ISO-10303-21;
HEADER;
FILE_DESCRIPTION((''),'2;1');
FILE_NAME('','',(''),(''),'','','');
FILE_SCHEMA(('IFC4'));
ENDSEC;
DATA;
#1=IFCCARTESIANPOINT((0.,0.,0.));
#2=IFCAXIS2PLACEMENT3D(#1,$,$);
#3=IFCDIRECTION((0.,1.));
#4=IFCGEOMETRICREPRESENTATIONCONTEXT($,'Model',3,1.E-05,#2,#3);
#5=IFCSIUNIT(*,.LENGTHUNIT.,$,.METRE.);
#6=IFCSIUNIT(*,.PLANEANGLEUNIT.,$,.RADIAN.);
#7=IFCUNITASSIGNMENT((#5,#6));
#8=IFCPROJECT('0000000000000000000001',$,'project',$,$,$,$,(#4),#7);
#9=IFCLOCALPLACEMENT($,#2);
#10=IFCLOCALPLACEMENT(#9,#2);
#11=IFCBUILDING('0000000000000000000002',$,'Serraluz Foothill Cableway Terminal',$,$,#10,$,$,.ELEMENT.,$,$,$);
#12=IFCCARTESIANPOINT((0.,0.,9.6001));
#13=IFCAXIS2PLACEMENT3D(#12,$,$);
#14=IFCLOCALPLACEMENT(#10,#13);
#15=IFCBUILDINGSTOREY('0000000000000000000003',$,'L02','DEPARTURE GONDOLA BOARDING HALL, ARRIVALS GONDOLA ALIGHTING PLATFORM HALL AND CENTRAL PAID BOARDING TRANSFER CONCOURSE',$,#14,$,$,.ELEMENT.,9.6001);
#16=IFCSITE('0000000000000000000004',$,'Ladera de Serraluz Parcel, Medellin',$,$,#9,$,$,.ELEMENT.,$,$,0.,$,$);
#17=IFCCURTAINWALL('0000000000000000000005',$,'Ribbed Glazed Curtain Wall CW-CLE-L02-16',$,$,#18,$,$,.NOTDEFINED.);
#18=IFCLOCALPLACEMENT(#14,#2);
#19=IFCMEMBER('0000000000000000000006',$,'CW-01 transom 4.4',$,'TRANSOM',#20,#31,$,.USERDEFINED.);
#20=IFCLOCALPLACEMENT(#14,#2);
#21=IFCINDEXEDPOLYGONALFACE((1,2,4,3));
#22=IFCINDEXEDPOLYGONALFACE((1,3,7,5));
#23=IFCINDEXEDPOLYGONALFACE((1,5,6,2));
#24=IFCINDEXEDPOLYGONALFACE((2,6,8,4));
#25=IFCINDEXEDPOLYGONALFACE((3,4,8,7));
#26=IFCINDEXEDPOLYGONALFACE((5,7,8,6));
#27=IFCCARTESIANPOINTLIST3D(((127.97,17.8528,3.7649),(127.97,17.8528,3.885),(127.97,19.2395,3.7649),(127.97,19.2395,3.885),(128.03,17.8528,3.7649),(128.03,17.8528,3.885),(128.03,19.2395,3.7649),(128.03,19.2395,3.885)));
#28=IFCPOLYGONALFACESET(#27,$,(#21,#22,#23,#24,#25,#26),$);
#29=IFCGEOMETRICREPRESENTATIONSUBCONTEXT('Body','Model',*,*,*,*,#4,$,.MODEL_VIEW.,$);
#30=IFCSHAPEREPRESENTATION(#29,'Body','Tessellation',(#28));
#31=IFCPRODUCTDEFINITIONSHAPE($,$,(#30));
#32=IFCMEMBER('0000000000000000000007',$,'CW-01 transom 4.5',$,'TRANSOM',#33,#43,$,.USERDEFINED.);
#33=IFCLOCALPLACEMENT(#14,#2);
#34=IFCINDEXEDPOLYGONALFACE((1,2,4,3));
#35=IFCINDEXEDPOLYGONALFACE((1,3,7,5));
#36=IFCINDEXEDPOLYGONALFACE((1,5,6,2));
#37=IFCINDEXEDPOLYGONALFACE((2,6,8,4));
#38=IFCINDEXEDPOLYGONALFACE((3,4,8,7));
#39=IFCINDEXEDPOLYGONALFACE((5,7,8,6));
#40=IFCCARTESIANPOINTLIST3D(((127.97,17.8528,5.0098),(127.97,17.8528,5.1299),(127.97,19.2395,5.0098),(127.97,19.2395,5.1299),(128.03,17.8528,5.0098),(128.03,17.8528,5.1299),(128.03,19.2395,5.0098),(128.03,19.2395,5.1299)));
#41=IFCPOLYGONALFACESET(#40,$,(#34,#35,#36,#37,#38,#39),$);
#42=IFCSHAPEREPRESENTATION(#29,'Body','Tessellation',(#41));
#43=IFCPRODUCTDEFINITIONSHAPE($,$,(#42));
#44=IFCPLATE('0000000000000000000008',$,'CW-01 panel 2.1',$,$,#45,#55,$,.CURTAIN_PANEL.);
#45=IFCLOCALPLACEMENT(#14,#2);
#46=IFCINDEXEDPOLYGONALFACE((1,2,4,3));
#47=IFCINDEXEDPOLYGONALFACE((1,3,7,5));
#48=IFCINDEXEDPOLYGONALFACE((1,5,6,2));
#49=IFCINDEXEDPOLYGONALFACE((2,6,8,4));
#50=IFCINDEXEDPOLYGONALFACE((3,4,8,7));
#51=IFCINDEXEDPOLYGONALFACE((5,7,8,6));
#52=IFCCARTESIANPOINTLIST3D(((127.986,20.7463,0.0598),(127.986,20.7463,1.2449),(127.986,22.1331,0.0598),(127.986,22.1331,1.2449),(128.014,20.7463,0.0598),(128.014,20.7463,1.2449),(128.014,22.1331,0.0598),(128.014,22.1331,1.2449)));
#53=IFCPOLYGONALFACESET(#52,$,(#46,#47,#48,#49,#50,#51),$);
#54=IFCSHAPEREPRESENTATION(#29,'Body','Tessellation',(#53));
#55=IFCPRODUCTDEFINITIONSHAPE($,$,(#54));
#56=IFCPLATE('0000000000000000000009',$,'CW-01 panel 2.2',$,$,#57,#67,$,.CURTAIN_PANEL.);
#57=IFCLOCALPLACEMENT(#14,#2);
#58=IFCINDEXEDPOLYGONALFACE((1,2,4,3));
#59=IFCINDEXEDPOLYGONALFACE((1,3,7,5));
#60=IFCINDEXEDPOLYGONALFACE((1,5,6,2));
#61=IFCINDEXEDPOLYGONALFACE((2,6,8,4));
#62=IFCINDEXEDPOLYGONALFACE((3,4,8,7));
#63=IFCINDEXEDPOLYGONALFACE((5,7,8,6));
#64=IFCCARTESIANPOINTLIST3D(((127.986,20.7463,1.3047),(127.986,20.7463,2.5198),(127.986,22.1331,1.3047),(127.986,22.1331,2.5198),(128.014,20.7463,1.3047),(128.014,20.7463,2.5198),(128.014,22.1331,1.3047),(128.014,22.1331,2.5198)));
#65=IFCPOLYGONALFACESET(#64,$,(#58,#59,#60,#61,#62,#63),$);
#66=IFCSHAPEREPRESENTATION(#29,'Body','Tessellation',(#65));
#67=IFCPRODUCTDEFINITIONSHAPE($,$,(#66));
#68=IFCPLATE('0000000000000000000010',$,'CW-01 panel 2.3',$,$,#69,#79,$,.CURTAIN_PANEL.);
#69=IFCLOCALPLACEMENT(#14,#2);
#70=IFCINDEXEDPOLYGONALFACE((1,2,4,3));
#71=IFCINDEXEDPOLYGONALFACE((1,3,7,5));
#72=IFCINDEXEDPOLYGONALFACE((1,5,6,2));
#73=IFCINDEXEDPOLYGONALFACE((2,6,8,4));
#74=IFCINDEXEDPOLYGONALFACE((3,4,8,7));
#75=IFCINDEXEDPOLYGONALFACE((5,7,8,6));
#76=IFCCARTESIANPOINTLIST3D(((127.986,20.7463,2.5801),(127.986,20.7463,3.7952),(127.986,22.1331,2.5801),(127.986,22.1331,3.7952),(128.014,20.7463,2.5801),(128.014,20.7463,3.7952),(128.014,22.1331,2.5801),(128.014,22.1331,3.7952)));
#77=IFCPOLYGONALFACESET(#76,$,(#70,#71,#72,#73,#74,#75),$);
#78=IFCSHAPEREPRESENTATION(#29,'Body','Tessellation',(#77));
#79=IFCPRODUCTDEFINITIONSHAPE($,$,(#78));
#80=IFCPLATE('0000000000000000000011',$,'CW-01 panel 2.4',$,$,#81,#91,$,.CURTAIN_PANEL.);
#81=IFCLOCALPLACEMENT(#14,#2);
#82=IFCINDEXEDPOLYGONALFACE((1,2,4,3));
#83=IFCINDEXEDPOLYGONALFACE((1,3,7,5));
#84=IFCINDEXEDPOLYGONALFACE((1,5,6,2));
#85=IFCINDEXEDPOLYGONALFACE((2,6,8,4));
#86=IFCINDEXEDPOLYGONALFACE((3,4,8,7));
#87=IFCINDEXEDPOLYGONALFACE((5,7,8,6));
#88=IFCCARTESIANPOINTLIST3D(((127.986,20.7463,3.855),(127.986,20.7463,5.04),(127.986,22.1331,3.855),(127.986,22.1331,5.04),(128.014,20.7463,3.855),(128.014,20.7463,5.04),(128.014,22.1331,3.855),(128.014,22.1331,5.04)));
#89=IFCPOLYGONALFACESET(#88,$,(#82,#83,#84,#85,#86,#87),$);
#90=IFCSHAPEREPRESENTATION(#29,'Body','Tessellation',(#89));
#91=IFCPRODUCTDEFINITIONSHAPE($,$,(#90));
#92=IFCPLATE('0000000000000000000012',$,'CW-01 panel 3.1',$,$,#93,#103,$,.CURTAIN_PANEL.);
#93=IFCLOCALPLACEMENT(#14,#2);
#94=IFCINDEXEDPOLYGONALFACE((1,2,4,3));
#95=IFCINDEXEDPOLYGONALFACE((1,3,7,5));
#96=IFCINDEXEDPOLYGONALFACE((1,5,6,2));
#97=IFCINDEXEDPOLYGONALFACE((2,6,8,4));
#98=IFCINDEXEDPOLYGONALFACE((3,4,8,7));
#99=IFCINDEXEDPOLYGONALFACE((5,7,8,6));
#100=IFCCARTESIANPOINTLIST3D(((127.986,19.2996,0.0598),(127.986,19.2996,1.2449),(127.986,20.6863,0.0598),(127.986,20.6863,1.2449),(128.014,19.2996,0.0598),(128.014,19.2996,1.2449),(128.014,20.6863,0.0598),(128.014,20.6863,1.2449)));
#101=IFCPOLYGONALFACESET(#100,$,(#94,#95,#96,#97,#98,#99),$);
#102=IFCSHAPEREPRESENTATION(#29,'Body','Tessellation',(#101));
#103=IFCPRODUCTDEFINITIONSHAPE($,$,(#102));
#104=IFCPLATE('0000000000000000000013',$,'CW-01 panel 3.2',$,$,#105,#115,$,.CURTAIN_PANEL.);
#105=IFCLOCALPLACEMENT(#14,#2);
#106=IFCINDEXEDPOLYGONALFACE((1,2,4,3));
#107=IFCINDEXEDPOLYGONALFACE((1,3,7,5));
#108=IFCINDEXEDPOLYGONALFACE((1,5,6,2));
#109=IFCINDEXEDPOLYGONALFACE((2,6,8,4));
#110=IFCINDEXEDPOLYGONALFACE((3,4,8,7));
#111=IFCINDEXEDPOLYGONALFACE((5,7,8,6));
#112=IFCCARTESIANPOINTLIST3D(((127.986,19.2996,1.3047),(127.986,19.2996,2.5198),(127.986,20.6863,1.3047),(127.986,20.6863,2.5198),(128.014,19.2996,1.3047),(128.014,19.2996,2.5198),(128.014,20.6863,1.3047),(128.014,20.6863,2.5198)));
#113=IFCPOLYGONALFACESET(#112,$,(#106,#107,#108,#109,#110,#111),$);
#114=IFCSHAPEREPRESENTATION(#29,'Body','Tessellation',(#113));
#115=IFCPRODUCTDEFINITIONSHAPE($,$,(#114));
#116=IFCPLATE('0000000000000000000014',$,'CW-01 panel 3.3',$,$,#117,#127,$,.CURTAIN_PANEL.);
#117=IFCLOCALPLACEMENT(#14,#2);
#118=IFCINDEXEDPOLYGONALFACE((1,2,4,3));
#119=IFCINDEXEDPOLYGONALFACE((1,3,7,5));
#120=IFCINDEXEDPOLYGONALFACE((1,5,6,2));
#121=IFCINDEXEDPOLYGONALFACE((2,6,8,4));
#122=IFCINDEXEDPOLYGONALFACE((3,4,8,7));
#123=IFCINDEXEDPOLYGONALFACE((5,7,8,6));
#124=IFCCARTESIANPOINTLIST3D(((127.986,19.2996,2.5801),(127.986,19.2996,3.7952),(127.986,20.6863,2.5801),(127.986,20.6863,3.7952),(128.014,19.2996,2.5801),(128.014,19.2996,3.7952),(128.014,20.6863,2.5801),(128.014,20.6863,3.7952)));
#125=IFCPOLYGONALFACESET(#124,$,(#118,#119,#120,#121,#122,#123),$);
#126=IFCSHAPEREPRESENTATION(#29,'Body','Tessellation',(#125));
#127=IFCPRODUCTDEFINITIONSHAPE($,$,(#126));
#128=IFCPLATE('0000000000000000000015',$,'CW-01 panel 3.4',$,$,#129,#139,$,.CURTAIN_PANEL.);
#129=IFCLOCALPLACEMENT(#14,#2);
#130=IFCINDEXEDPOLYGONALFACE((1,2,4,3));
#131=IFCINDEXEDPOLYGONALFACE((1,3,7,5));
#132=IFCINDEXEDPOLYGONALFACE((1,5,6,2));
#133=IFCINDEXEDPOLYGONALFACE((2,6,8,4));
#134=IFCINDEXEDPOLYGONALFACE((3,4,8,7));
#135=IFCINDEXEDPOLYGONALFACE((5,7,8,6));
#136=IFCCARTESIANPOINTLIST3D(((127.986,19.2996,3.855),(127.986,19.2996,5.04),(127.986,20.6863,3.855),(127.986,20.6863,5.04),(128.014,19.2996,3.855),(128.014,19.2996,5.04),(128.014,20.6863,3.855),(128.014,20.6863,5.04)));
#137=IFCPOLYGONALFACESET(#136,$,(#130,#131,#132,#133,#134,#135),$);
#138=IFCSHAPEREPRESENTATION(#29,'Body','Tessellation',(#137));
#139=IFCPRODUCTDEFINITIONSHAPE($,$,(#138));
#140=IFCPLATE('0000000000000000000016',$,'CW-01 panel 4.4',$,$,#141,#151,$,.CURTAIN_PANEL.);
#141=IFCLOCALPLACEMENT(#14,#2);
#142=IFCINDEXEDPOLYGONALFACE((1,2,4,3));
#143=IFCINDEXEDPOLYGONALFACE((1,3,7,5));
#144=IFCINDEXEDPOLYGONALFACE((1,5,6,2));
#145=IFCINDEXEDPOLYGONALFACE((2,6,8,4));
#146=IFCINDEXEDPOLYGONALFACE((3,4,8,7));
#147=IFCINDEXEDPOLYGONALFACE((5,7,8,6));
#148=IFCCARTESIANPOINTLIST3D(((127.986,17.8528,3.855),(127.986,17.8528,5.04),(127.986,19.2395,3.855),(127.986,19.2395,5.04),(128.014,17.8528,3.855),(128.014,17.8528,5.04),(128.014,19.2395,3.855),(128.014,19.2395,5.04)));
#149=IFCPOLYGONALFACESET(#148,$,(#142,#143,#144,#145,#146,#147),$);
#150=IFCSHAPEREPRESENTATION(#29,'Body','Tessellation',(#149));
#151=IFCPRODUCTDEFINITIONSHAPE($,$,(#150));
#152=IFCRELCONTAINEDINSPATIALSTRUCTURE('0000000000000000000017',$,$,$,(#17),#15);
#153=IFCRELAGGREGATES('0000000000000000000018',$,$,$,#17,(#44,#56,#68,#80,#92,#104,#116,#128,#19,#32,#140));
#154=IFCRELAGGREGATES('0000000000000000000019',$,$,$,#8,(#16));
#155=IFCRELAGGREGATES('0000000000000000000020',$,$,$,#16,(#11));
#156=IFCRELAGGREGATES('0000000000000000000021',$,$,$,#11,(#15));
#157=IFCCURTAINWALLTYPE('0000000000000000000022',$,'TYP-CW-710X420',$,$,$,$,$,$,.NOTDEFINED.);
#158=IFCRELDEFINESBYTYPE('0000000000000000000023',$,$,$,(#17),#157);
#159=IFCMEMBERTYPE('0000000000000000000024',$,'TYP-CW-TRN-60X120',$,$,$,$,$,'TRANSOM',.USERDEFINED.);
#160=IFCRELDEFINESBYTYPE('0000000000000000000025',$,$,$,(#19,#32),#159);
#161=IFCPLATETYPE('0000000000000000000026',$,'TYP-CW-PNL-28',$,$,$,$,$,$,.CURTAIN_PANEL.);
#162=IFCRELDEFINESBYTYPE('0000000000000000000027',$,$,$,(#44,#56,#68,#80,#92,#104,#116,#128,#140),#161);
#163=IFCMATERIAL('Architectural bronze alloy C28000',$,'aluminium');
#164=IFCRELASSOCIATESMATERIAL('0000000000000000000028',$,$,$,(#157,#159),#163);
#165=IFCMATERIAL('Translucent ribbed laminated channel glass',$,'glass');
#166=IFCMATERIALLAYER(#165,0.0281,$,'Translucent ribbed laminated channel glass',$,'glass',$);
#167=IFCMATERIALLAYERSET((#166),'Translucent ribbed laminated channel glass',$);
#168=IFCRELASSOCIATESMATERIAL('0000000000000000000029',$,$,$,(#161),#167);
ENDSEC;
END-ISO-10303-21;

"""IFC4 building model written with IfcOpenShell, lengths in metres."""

from ifc_helpers import new_model, si_unit, direction, frame, origin, origin_2d, place, context, subcontext, project, spatial, rectangle, extrude, material, layer, layer_set, material_profile, profile_set, type_object, element, aggregate, save


model = new_model("IFC4")

# Units and contexts
model_context = context("Model", 3, precision=1e-05, world=origin(), true_north=direction((0.0, 1.0)))
body_context = subcontext(model_context, "Body", "Model", "MODEL_VIEW")
ifc_project = project(units=[si_unit("LENGTHUNIT", "METRE"), si_unit("PLANEANGLEUNIT", "RADIAN")], contexts=[model_context])

# Site, building, storey
site_placement = place(None, origin())
site = spatial("IfcSite", under=ifc_project, at=site_placement, Name="Ladera de Serraluz Parcel, Medellin", CompositionType="ELEMENT", RefElevation=0.0)
building_placement = place(site_placement, origin())
building = spatial("IfcBuilding", under=site, at=building_placement, Name="Serraluz Foothill Cableway Terminal", CompositionType="ELEMENT")
storey_placement = place(building_placement, frame((0.0, 0.0, 9.6001)))
storey = spatial("IfcBuildingStorey", under=building, at=storey_placement, Name="L02", Description="DEPARTURE GONDOLA BOARDING HALL, ARRIVALS GONDOLA ALIGHTING PLATFORM HALL AND CENTRAL PAID BOARDING TRANSFER CONCOURSE", CompositionType="ELEMENT", Elevation=9.6001)

# Curtain wall, members, plates
ifc_material_1 = material(Name="Architectural bronze alloy C28000", Category="aluminium")
curtain_wall_type = type_object("IfcCurtainWallType", Name="TYP-CW-710X420", PredefinedType="NOTDEFINED", material=ifc_material_1)
curtain_wall_placement = place(storey_placement, origin())
curtain_wall = element("IfcCurtainWall", 1, at=curtain_wall_placement, inside=storey, type_object=curtain_wall_type, Name="Ribbed Glazed Curtain Wall CW-CLE-L02-16", PredefinedType="NOTDEFINED")
ifc_material_profile_1 = material_profile(ifc_material_1, rectangle(XDim=0.0601, YDim=0.1201, at=origin_2d()), Name="ALU TRANSOM 60x120")
ifc_profile_set_1 = profile_set([ifc_material_profile_1], Name="Architectural bronze alloy C28000")
member_type_1 = type_object("IfcMemberType", Name="TYP-CW-TRN-60X120", ElementType="TRANSOM", PredefinedType="USERDEFINED", material=ifc_profile_set_1)
member_1_placement = place(storey_placement, frame((128.0, 19.2395, 3.825), z_axis=(0.0, -1.0, 0.0), x_axis=(1.0, 0.0, 0.0)))
member_1 = element("IfcMember", 2, at=member_1_placement, type_object=member_type_1, Name="CW-01 transom 4.4", ObjectType="TRANSOM", PredefinedType="USERDEFINED", context=body_context, shape_type="SweptSolid", body=[
    extrude(rectangle(XDim=0.0601, YDim=0.1201, at=origin_2d()), origin(), (0.0, 0.0, 1.0), 1.3867),
])
member_2_placement = place(storey_placement, frame((128.0, 19.2395, 5.0698), z_axis=(0.0, -1.0, 0.0), x_axis=(1.0, 0.0, 0.0)))
member_2 = element("IfcMember", 3, at=member_2_placement, type_object=member_type_1, Name="CW-01 transom 4.5", ObjectType="TRANSOM", PredefinedType="USERDEFINED", context=body_context, shape_type="SweptSolid", body=[
    extrude(rectangle(XDim=0.0601, YDim=0.1201, at=origin_2d()), origin(), (0.0, 0.0, 1.0), 1.3867),
])
ifc_material_2 = material(Name="Translucent ribbed laminated channel glass", Category="glass")
ifc_layer = layer(ifc_material_2, 0.0281, Name="Translucent ribbed laminated channel glass", Category="glass")
ifc_layer_set = layer_set([ifc_layer], Name="Translucent ribbed laminated channel glass")
plate_type = type_object("IfcPlateType", Name="TYP-CW-PNL-28", PredefinedType="CURTAIN_PANEL", material=ifc_layer_set)
plate_1_placement = place(storey_placement, frame((128.0, 21.4397, 0.0598), z_axis=(0.0, 0.0, 1.0), x_axis=(0.0, -1.0, 0.0)))
plate_1 = element("IfcPlate", 4, at=plate_1_placement, type_object=plate_type, Name="CW-01 panel 2.1", PredefinedType="CURTAIN_PANEL", context=body_context, shape_type="SweptSolid", body=[
    extrude(rectangle(XDim=1.3867, YDim=0.0281, at=origin_2d()), origin(), (0.0, 0.0, 1.0), 1.1851),
])
plate_2_placement = place(storey_placement, frame((128.0, 21.4397, 1.3047), z_axis=(0.0, 0.0, 1.0), x_axis=(0.0, -1.0, 0.0)))
plate_2 = element("IfcPlate", 5, at=plate_2_placement, type_object=plate_type, Name="CW-01 panel 2.2", PredefinedType="CURTAIN_PANEL", context=body_context, shape_type="SweptSolid", body=[
    extrude(rectangle(XDim=1.3867, YDim=0.0281, at=origin_2d()), origin(), (0.0, 0.0, 1.0), 1.2151),
])
plate_3_placement = place(storey_placement, frame((128.0, 21.4397, 2.5801), z_axis=(0.0, 0.0, 1.0), x_axis=(0.0, -1.0, 0.0)))
plate_3 = element("IfcPlate", 6, at=plate_3_placement, type_object=plate_type, Name="CW-01 panel 2.3", PredefinedType="CURTAIN_PANEL", context=body_context, shape_type="SweptSolid", body=[
    extrude(rectangle(XDim=1.3867, YDim=0.0281, at=origin_2d()), origin(), (0.0, 0.0, 1.0), 1.2151),
])
plate_4_placement = place(storey_placement, frame((128.0, 21.4397, 3.855), z_axis=(0.0, 0.0, 1.0), x_axis=(0.0, -1.0, 0.0)))
plate_4 = element("IfcPlate", 7, at=plate_4_placement, type_object=plate_type, Name="CW-01 panel 2.4", PredefinedType="CURTAIN_PANEL", context=body_context, shape_type="SweptSolid", body=[
    extrude(rectangle(XDim=1.3867, YDim=0.0281, at=origin_2d()), origin(), (0.0, 0.0, 1.0), 1.1851),
])
plate_5_placement = place(storey_placement, frame((128.0, 19.9929, 0.0598), z_axis=(0.0, 0.0, 1.0), x_axis=(0.0, -1.0, 0.0)))
plate_5 = element("IfcPlate", 8, at=plate_5_placement, type_object=plate_type, Name="CW-01 panel 3.1", PredefinedType="CURTAIN_PANEL", context=body_context, shape_type="SweptSolid", body=[
    extrude(rectangle(XDim=1.3867, YDim=0.0281, at=origin_2d()), origin(), (0.0, 0.0, 1.0), 1.1851),
])
plate_6_placement = place(storey_placement, frame((128.0, 19.9929, 1.3047), z_axis=(0.0, 0.0, 1.0), x_axis=(0.0, -1.0, 0.0)))
plate_6 = element("IfcPlate", 9, at=plate_6_placement, type_object=plate_type, Name="CW-01 panel 3.2", PredefinedType="CURTAIN_PANEL", context=body_context, shape_type="SweptSolid", body=[
    extrude(rectangle(XDim=1.3867, YDim=0.0281, at=origin_2d()), origin(), (0.0, 0.0, 1.0), 1.2151),
])
plate_7_placement = place(storey_placement, frame((128.0, 19.9929, 2.5801), z_axis=(0.0, 0.0, 1.0), x_axis=(0.0, -1.0, 0.0)))
plate_7 = element("IfcPlate", 10, at=plate_7_placement, type_object=plate_type, Name="CW-01 panel 3.3", PredefinedType="CURTAIN_PANEL", context=body_context, shape_type="SweptSolid", body=[
    extrude(rectangle(XDim=1.3867, YDim=0.0281, at=origin_2d()), origin(), (0.0, 0.0, 1.0), 1.2151),
])
plate_8_placement = place(storey_placement, frame((128.0, 19.9929, 3.855), z_axis=(0.0, 0.0, 1.0), x_axis=(0.0, -1.0, 0.0)))
plate_8 = element("IfcPlate", 11, at=plate_8_placement, type_object=plate_type, Name="CW-01 panel 3.4", PredefinedType="CURTAIN_PANEL", context=body_context, shape_type="SweptSolid", body=[
    extrude(rectangle(XDim=1.3867, YDim=0.0281, at=origin_2d()), origin(), (0.0, 0.0, 1.0), 1.1851),
])
plate_9_placement = place(storey_placement, frame((128.0, 18.5461, 3.855), z_axis=(0.0, 0.0, 1.0), x_axis=(0.0, -1.0, 0.0)))
plate_9 = element("IfcPlate", 12, at=plate_9_placement, type_object=plate_type, Name="CW-01 panel 4.4", PredefinedType="CURTAIN_PANEL", context=body_context, shape_type="SweptSolid", body=[
    extrude(rectangle(XDim=1.3867, YDim=0.0281, at=origin_2d()), origin(), (0.0, 0.0, 1.0), 1.1851),
])
aggregate(curtain_wall, [plate_1, plate_2, plate_3, plate_4, plate_5, plate_6, plate_7, plate_8, member_1, member_2, plate_9])

save(model, "model.ifc")
